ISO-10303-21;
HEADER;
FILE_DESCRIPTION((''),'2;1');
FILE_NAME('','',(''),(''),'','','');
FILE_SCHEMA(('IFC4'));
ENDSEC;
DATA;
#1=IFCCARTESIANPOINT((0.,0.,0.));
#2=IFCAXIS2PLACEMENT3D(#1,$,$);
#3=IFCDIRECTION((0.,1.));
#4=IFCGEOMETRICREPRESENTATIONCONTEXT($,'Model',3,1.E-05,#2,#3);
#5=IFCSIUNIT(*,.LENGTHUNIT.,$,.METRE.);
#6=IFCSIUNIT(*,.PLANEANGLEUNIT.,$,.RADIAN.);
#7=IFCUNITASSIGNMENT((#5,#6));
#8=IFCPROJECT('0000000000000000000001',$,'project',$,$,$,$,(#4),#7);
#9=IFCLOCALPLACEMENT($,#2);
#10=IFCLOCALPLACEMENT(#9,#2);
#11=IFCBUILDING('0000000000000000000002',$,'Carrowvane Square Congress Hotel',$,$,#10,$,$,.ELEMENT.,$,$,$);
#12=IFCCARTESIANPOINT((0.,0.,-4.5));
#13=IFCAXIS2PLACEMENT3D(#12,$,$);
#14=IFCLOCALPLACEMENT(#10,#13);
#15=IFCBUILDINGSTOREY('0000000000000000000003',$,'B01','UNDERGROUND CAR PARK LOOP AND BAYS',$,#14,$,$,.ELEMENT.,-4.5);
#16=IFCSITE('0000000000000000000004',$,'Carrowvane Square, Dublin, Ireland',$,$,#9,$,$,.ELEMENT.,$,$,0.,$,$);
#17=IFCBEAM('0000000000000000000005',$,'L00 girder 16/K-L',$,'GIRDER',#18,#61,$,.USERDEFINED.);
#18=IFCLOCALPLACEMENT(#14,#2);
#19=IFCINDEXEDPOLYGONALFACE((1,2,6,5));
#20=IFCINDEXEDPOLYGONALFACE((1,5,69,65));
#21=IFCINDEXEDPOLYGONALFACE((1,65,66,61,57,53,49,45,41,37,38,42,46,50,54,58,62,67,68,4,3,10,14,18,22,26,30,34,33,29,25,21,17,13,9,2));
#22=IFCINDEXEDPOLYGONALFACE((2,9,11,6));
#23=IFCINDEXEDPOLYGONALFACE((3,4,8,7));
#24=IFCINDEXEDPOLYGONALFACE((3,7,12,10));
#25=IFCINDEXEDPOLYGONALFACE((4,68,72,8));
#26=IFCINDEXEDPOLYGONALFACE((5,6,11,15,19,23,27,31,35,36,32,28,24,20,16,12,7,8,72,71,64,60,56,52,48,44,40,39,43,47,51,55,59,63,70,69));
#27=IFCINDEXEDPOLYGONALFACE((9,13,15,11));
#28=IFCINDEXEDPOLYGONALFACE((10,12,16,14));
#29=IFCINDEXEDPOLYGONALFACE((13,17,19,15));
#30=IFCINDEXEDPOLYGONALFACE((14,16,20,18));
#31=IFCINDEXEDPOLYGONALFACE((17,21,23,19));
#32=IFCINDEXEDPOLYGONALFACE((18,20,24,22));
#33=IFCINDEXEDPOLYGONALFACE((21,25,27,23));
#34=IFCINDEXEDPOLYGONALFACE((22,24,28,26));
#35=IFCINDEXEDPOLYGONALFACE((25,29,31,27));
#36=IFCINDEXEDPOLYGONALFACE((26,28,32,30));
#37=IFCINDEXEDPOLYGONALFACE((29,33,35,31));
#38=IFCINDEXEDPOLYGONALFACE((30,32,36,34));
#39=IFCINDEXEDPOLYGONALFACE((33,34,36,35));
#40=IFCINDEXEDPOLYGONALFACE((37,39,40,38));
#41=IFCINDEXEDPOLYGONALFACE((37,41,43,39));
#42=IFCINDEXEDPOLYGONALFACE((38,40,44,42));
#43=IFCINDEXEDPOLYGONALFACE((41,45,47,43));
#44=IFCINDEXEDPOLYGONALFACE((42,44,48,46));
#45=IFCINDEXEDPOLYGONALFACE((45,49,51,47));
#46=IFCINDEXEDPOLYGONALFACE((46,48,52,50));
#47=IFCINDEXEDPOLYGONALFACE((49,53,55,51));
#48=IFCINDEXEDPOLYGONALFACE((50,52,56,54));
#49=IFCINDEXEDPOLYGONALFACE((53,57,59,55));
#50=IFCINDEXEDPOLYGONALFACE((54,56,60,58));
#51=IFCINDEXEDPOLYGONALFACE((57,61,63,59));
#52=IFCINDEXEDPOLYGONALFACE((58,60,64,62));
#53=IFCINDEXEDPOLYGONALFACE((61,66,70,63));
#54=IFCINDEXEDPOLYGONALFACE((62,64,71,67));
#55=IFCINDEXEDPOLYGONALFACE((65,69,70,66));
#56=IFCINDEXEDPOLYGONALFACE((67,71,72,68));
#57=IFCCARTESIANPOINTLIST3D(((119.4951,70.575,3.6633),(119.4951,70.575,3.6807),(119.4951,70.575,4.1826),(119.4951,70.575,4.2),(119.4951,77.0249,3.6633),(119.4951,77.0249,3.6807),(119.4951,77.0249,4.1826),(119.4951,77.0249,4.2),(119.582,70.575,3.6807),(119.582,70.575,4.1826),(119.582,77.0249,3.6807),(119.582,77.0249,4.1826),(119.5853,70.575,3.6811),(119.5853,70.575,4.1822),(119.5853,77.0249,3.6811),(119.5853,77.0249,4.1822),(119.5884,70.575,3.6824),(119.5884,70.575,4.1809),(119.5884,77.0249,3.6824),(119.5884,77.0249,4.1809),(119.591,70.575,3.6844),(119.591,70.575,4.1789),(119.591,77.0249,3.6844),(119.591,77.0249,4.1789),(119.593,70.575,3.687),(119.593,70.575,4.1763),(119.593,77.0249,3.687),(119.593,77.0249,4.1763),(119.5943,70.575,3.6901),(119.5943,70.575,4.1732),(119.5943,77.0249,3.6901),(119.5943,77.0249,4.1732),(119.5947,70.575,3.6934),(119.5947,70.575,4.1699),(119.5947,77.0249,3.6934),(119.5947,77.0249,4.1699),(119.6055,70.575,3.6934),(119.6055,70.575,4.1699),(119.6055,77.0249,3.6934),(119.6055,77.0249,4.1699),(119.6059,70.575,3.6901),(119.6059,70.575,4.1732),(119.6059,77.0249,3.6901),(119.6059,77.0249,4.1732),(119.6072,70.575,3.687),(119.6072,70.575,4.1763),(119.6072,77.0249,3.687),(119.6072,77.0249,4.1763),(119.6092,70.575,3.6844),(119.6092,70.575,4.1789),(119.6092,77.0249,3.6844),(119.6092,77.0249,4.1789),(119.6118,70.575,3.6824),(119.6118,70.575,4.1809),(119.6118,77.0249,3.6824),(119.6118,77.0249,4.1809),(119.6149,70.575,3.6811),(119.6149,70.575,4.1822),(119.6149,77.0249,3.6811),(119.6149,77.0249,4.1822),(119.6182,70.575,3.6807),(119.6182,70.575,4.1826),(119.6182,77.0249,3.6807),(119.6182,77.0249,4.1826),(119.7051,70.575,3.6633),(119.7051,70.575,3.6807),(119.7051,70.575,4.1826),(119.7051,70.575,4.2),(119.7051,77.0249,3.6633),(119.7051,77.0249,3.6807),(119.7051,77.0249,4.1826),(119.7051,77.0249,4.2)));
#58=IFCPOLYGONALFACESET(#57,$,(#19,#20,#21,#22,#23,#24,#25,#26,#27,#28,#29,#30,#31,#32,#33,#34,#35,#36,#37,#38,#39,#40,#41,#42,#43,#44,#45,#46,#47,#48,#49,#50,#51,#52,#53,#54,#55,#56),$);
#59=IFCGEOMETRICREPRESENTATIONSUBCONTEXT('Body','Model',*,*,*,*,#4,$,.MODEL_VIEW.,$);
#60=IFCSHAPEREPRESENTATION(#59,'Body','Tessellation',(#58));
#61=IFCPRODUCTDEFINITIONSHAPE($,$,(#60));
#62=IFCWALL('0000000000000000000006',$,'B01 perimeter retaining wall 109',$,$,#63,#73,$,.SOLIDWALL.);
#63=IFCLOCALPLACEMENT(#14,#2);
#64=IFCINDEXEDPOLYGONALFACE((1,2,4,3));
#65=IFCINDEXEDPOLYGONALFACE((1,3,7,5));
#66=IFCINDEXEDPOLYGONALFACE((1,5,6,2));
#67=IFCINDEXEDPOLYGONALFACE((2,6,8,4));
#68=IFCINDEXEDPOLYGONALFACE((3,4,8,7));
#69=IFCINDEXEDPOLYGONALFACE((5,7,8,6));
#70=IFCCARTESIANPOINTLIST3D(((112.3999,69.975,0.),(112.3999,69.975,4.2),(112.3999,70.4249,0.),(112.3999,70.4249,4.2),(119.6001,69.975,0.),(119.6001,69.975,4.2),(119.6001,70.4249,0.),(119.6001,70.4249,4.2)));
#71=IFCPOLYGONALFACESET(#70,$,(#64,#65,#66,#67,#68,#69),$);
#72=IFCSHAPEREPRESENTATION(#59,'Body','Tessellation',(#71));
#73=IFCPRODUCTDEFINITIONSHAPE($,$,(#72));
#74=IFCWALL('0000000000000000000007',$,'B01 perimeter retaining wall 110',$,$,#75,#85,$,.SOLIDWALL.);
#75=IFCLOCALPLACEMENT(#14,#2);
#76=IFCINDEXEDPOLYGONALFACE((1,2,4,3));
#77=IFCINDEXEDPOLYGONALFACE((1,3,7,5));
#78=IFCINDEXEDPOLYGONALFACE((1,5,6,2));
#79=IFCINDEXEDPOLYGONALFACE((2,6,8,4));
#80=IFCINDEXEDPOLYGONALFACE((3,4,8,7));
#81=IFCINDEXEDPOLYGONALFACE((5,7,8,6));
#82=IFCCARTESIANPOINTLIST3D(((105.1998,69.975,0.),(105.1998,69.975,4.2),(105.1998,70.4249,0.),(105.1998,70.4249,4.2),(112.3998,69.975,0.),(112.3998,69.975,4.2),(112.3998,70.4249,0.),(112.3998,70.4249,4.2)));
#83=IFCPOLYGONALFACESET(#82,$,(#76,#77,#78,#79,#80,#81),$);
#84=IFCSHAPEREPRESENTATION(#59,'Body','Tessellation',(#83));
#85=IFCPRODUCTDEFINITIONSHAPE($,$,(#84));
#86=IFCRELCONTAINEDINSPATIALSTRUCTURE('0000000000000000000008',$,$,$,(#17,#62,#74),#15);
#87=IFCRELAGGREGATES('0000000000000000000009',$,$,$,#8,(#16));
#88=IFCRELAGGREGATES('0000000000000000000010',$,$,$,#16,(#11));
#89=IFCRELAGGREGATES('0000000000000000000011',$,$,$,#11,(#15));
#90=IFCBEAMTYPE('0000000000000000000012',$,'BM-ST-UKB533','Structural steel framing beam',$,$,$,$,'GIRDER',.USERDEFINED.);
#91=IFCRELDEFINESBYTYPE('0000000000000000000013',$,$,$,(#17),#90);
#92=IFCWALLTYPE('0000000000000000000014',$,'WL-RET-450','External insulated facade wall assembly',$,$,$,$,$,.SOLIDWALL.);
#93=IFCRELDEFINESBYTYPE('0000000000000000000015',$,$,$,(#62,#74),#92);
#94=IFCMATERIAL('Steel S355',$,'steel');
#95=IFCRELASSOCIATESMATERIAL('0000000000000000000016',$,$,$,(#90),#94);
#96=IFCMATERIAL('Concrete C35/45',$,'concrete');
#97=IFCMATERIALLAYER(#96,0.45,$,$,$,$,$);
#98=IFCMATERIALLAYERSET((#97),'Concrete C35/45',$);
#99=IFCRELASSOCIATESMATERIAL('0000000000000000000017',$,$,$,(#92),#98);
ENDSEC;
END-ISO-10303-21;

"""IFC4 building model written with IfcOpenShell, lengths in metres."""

from ifc_helpers import new_model, si_unit, direction, frame, frame_2d, origin, origin_2d, place, context, subcontext, project, spatial, rectangle, i_section, extrude, material, layer, layer_set, material_profile, profile_set, type_object, element, save


model = new_model("IFC4")

# Units and contexts
model_context = context("Model", 3, precision=1e-05, world=origin(), true_north=direction((0.0, 1.0)))
body_context = subcontext(model_context, "Body", "Model", "MODEL_VIEW")
ifc_project = project(units=[si_unit("LENGTHUNIT", "METRE"), si_unit("PLANEANGLEUNIT", "RADIAN")], contexts=[model_context])

# Site, building, storey
site_placement = place(None, origin())
site = spatial("IfcSite", under=ifc_project, at=site_placement, Name="Carrowvane Square, Dublin, Ireland", CompositionType="ELEMENT", RefElevation=0.0)
building_placement = place(site_placement, origin())
building = spatial("IfcBuilding", under=site, at=building_placement, Name="Carrowvane Square Congress Hotel", CompositionType="ELEMENT")
storey_placement = place(building_placement, frame((0.0, 0.0, -4.5)))
storey = spatial("IfcBuildingStorey", under=building, at=storey_placement, Name="B01", Description="UNDERGROUND CAR PARK LOOP AND BAYS", CompositionType="ELEMENT", Elevation=-4.5)

# Beam
ifc_material_1 = material(Name="Steel S355", Category="steel")
ifc_material_profile_1 = material_profile(ifc_material_1, i_section(OverallWidth=0.21, OverallDepth=0.5366, WebThickness=0.0107, FlangeThickness=0.0173, FilletRadius=0.0127, at=origin_2d()), Name="UKB 533x210x101")
ifc_profile_set_1 = profile_set([ifc_material_profile_1], Name="Steel S355")
beam_type_1 = type_object("IfcBeamType", Name="BM-ST-UKB533", Description="Structural steel framing beam", ElementType="GIRDER", PredefinedType="USERDEFINED", material=ifc_profile_set_1)
beam_1_placement = place(storey_placement, frame((119.6001, 70.575, 3.9316), z_axis=(0.0, 1.0, 0.0), x_axis=(-1.0, 0.0, 0.0)))
element("IfcBeam", 1, at=beam_1_placement, inside=storey, type_object=beam_type_1, Name="L00 girder 16/K-L", ObjectType="GIRDER", PredefinedType="USERDEFINED", context=body_context, shape_type="SweptSolid", body=[
    extrude(i_section(OverallWidth=0.21, OverallDepth=0.5366, WebThickness=0.0107, FlangeThickness=0.0173, FilletRadius=0.0127, at=origin_2d()), origin(), (0.0, 0.0, 1.0), 6.45),
])

# Walls
ifc_material_2 = material(Name="Concrete C35/45", Category="concrete")
ifc_layer = layer(ifc_material_2, 0.45)
ifc_layer_set = layer_set([ifc_layer], Name="Concrete C35/45")
wall_type = type_object("IfcWallType", Name="WL-RET-450", Description="External insulated facade wall assembly", PredefinedType="SOLIDWALL", material=ifc_layer_set)
wall_1_placement = place(storey_placement, frame((119.6001, 70.2, 0.0), z_axis=(0.0, 0.0, 1.0), x_axis=(-1.0, 0.0, 0.0)))
element("IfcWall", 2, at=wall_1_placement, inside=storey, type_object=wall_type, Name="B01 perimeter retaining wall 109", PredefinedType="SOLIDWALL", context=body_context, shape_type="SweptSolid", body=[
    extrude(rectangle(XDim=7.2002, YDim=0.45, at=frame_2d((3.6001, 0.0))), origin(), (0.0, 0.0, 1.0), 4.2),
])
wall_2_placement = place(storey_placement, frame((112.3999, 70.2, 0.0), z_axis=(0.0, 0.0, 1.0), x_axis=(-1.0, 0.0, 0.0)))
element("IfcWall", 3, at=wall_2_placement, inside=storey, type_object=wall_type, Name="B01 perimeter retaining wall 110", PredefinedType="SOLIDWALL", context=body_context, shape_type="SweptSolid", body=[
    extrude(rectangle(XDim=7.2, YDim=0.45, at=frame_2d((3.6001, 0.0))), origin(), (0.0, 0.0, 1.0), 4.2),
])

save(model, "model.ifc")
